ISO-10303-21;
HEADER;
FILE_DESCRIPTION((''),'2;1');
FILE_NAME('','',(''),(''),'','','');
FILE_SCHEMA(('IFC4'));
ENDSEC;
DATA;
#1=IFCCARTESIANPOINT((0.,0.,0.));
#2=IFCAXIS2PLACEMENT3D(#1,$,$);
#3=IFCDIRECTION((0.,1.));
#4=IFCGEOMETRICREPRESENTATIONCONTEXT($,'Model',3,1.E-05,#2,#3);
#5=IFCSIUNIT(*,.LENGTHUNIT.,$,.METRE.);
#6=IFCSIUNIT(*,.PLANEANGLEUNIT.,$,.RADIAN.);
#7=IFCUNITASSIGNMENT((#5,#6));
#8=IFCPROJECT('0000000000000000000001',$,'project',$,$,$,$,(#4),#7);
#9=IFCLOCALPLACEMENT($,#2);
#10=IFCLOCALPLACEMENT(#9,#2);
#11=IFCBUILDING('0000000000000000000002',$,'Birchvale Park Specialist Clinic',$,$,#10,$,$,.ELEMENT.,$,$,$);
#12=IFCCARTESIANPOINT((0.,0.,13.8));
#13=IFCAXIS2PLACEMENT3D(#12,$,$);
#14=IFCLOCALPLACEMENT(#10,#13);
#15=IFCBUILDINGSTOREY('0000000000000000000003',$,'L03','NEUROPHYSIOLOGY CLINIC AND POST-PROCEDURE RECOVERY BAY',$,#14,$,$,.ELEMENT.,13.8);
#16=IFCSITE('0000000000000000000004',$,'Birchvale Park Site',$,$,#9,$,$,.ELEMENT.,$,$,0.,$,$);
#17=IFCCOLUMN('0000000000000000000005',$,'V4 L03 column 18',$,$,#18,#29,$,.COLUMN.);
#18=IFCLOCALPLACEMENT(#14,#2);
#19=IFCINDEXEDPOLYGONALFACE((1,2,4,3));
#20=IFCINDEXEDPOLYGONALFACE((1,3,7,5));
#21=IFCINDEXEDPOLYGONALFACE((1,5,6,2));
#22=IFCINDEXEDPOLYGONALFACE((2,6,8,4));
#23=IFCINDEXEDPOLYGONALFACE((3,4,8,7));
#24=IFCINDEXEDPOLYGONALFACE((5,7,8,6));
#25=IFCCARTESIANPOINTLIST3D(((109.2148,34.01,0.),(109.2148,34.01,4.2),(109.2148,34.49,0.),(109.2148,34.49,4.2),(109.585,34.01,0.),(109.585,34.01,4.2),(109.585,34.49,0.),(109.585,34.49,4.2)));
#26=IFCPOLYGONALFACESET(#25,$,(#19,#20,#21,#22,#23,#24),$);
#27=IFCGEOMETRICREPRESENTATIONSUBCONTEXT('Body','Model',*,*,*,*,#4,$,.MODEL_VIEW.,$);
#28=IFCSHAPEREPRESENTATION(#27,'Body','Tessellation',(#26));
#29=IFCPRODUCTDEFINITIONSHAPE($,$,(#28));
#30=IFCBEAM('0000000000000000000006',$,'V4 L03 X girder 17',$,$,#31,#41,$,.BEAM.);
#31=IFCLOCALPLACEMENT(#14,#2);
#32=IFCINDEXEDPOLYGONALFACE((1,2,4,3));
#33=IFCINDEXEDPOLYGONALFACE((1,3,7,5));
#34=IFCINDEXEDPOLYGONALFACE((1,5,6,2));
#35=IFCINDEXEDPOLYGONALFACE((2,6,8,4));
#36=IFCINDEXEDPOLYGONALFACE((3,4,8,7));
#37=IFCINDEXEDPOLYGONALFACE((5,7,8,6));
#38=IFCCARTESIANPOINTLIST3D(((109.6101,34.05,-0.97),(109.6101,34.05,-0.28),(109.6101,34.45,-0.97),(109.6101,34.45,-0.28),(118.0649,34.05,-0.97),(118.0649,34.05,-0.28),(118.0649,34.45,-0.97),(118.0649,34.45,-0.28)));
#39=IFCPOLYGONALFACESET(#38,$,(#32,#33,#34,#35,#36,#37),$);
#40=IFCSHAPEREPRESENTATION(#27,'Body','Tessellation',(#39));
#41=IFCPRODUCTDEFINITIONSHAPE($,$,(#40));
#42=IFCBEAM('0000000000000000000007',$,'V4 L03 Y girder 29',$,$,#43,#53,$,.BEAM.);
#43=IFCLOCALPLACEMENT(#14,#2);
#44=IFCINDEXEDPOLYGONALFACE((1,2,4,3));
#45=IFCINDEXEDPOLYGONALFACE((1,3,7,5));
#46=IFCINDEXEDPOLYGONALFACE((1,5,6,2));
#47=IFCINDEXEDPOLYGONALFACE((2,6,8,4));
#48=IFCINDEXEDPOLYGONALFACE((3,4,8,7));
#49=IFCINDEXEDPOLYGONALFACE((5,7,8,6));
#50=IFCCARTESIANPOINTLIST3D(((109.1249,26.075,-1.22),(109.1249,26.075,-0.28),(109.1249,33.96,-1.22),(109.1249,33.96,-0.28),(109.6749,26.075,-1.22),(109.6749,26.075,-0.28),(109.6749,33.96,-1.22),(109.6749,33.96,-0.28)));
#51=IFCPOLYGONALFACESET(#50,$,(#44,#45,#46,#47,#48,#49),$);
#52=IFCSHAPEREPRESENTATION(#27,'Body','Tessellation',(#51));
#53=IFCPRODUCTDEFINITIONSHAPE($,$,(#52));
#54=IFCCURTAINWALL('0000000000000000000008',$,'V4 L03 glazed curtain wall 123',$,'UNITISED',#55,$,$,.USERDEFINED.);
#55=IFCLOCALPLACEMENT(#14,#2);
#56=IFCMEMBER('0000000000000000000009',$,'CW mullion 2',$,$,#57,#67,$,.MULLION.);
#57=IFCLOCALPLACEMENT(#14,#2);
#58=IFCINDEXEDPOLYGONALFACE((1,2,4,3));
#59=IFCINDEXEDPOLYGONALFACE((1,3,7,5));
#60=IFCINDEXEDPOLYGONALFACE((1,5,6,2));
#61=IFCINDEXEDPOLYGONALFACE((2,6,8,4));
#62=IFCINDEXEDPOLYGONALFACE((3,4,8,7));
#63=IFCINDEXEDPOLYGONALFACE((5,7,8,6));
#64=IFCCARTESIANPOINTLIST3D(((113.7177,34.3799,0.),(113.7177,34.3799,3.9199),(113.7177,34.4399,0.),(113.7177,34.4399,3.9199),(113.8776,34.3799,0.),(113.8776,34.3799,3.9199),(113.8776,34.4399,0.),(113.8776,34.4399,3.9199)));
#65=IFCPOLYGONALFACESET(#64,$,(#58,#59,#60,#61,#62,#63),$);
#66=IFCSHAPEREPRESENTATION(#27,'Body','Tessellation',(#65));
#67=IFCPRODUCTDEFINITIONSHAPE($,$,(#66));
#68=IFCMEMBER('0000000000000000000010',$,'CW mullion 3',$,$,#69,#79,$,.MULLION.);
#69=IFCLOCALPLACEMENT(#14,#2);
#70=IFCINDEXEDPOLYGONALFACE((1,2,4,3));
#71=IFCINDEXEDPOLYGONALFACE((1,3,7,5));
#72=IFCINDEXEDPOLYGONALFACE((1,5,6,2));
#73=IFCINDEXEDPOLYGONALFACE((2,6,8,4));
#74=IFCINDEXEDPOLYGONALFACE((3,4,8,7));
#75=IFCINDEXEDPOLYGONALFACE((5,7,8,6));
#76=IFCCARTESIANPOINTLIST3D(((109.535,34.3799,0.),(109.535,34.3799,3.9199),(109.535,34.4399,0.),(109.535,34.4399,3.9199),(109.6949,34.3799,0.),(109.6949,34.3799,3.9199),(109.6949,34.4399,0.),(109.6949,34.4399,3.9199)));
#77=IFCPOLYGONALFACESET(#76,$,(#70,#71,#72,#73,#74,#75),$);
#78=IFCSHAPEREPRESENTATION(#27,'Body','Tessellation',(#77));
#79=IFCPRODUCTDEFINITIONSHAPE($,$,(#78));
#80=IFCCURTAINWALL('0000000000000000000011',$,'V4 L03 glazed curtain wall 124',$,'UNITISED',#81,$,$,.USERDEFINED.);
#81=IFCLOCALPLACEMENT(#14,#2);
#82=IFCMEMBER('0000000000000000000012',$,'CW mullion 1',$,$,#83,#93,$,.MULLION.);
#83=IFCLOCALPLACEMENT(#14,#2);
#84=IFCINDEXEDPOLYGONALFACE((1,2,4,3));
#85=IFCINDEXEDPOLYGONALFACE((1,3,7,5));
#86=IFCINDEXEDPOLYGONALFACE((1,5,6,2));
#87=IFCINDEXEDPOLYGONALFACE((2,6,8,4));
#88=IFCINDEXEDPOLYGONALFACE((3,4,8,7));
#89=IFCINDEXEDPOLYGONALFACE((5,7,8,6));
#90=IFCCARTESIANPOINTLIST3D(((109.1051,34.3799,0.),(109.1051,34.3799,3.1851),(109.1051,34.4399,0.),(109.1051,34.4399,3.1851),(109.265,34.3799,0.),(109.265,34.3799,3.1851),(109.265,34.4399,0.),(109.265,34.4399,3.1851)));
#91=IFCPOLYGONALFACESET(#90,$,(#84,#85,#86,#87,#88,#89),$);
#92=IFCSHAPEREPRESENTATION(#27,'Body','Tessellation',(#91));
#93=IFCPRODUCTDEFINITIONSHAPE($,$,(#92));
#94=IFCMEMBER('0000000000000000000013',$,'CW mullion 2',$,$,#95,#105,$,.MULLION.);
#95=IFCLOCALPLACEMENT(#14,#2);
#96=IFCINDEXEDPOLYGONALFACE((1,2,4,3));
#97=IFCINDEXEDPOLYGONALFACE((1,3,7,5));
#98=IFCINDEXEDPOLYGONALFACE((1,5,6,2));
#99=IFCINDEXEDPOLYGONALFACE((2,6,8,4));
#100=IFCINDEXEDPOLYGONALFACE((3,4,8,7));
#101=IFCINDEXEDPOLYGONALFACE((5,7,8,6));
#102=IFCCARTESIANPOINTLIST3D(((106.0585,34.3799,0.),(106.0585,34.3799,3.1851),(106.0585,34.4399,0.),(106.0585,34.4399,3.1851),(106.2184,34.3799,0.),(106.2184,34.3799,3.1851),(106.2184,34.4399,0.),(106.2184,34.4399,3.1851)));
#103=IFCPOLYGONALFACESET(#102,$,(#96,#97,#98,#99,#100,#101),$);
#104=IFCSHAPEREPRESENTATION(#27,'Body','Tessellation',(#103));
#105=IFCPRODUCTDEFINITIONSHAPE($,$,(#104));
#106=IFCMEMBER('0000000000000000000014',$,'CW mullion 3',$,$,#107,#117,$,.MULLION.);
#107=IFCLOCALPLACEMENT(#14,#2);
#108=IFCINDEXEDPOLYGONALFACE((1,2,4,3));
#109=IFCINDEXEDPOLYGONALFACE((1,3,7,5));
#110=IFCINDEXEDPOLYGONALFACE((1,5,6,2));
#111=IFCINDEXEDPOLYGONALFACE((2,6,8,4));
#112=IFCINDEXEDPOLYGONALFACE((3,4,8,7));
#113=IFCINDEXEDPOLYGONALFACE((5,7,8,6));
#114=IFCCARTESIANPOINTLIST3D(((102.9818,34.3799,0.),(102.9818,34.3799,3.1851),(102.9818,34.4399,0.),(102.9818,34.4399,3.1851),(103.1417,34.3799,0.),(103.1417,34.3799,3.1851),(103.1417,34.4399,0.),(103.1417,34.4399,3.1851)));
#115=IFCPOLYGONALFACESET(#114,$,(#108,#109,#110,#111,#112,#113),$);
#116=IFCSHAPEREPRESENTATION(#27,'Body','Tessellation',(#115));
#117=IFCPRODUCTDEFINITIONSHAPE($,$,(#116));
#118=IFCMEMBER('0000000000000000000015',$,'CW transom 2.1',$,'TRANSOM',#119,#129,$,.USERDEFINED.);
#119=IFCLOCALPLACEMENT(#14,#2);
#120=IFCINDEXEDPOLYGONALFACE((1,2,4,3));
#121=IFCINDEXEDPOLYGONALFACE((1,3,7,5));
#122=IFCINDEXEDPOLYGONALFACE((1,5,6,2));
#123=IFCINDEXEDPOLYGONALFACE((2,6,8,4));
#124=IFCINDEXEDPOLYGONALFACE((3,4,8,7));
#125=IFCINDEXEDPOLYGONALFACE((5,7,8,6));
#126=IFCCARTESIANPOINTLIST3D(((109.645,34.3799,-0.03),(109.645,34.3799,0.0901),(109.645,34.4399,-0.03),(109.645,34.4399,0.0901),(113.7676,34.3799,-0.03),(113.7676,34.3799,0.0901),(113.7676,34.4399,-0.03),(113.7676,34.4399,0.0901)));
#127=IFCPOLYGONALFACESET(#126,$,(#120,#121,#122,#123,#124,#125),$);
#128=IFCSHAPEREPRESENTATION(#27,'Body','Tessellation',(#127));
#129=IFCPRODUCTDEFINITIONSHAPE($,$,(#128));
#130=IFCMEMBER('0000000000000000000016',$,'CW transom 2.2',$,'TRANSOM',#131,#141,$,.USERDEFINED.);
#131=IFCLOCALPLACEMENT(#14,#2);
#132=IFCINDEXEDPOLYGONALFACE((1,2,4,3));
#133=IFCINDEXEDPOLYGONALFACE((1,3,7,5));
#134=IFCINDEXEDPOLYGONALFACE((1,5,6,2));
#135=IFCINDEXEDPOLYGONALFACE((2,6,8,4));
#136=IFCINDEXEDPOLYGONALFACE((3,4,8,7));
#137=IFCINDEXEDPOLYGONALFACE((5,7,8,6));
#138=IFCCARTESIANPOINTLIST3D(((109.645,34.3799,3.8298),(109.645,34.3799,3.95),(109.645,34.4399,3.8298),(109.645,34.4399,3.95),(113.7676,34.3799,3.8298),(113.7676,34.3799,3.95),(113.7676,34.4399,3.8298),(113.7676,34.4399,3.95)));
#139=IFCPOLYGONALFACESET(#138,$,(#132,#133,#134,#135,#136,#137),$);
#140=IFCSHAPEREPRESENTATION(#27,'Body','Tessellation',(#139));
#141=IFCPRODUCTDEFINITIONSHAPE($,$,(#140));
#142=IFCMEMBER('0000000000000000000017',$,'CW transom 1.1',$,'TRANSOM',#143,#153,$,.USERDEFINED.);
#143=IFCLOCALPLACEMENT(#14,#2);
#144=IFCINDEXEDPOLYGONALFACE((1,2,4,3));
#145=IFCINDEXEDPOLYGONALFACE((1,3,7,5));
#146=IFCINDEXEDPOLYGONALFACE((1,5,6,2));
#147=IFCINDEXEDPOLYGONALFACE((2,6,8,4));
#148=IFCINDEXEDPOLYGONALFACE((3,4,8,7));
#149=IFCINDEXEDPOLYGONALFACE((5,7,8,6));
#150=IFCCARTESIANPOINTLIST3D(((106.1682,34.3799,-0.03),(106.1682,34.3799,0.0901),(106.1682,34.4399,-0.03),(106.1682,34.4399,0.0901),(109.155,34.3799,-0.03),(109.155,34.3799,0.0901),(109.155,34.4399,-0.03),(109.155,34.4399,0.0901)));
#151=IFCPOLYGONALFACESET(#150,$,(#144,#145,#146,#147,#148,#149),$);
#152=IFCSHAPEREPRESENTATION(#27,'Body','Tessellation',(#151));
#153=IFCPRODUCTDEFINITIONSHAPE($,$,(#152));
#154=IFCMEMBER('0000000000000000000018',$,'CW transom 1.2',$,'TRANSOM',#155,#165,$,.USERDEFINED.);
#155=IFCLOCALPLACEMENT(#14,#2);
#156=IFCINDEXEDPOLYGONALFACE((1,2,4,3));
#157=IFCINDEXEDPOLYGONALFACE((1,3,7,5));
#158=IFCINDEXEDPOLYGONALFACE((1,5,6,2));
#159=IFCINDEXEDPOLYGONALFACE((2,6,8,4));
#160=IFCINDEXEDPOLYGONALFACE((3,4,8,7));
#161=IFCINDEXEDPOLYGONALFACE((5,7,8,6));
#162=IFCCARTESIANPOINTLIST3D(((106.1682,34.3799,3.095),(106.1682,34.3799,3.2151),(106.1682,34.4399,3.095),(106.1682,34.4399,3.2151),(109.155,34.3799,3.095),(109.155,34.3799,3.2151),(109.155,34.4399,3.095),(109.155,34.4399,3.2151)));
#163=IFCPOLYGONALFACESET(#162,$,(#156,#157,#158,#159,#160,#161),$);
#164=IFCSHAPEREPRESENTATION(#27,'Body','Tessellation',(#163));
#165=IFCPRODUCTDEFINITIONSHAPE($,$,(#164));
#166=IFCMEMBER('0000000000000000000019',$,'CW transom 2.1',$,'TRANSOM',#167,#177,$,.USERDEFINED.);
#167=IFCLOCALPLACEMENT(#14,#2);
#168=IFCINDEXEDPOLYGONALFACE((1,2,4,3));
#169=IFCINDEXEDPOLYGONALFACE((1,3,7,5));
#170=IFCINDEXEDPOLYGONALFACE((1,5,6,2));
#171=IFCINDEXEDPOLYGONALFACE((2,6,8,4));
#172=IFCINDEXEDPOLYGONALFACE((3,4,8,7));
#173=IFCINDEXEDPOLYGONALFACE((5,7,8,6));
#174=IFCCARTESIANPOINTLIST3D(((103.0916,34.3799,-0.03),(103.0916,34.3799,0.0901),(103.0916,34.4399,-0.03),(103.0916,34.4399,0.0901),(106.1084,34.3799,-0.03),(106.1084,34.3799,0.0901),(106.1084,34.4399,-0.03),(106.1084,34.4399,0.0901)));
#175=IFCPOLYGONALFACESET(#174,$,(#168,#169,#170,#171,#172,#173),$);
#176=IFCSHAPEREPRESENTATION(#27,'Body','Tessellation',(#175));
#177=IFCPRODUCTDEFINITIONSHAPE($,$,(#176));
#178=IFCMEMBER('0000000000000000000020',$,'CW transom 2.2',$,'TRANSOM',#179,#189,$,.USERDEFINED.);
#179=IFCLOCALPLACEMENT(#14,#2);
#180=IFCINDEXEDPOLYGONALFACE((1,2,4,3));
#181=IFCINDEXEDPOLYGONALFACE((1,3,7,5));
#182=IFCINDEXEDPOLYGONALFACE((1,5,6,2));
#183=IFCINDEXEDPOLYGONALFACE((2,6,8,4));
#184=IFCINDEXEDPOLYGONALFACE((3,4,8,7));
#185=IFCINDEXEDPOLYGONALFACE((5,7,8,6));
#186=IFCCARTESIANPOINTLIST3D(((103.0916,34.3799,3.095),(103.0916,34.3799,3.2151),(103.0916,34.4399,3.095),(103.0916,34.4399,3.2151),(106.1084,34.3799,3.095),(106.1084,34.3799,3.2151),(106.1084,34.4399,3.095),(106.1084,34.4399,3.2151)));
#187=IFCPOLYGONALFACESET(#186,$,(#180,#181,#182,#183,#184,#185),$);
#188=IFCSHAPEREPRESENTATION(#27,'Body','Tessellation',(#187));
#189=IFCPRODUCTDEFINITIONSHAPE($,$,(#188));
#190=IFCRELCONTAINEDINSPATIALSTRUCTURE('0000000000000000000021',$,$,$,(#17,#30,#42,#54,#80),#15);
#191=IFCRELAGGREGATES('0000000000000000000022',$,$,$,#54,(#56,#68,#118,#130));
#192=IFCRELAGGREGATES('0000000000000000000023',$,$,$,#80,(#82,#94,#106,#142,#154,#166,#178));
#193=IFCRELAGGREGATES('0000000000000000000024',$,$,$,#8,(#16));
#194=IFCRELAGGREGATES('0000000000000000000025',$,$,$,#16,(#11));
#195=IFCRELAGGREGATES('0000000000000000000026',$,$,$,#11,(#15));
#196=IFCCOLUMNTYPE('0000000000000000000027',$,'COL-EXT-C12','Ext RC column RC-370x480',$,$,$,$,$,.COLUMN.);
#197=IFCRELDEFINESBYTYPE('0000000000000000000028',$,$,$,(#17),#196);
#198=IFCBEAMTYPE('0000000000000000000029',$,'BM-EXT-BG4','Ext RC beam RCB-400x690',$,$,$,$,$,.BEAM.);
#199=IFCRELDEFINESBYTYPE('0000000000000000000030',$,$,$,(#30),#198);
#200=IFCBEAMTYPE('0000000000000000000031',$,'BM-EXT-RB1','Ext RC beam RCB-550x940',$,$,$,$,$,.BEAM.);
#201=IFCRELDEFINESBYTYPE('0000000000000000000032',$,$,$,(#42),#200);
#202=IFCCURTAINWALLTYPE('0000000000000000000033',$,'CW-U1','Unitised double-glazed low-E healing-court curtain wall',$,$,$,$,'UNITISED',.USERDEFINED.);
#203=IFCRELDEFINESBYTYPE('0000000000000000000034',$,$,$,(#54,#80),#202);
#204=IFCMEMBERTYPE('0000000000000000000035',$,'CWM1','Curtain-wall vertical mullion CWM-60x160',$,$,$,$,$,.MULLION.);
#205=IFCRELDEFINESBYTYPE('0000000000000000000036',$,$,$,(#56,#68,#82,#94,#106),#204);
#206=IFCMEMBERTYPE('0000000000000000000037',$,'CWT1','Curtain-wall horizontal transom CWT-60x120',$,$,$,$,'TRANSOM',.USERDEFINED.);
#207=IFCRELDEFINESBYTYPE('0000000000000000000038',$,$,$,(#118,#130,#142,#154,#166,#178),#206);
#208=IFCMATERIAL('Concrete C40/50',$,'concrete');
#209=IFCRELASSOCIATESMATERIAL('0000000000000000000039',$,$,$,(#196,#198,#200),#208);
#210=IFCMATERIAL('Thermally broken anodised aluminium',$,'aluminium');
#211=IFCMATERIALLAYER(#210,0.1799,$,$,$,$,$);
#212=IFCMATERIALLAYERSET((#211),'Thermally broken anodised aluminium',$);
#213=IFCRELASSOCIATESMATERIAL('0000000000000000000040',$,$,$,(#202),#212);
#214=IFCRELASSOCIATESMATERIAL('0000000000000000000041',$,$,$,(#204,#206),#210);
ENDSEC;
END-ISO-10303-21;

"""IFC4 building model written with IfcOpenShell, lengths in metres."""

from ifc_helpers import new_model, si_unit, direction, frame, origin, origin_2d, place, context, subcontext, project, spatial, rectangle, extrude, material, layer, layer_set, material_profile, profile_set, type_object, element, aggregate, save


model = new_model("IFC4")

# Units and contexts
model_context = context("Model", 3, precision=1e-05, world=origin(), true_north=direction((0.0, 1.0)))
body_context = subcontext(model_context, "Body", "Model", "MODEL_VIEW")
ifc_project = project(units=[si_unit("LENGTHUNIT", "METRE"), si_unit("PLANEANGLEUNIT", "RADIAN")], contexts=[model_context])

# Site, building, storey
site_placement = place(None, origin())
site = spatial("IfcSite", under=ifc_project, at=site_placement, Name="Birchvale Park Site", CompositionType="ELEMENT", RefElevation=0.0)
building_placement = place(site_placement, origin())
building = spatial("IfcBuilding", under=site, at=building_placement, Name="Birchvale Park Specialist Clinic", CompositionType="ELEMENT")
storey_placement = place(building_placement, frame((0.0, 0.0, 13.8)))
storey = spatial("IfcBuildingStorey", under=building, at=storey_placement, Name="L03", Description="NEUROPHYSIOLOGY CLINIC AND POST-PROCEDURE RECOVERY BAY", CompositionType="ELEMENT", Elevation=13.8)

# Column
ifc_material_1 = material(Name="Concrete C40/50", Category="concrete")
ifc_material_profile_1 = material_profile(ifc_material_1, rectangle(XDim=0.3701, YDim=0.48, at=origin_2d()), Name="RC-370x480")
ifc_profile_set_1 = profile_set([ifc_material_profile_1], Name="Concrete C40/50")
column_type = type_object("IfcColumnType", Name="COL-EXT-C12", Description="Ext RC column RC-370x480", PredefinedType="COLUMN", material=ifc_profile_set_1)
column_placement = place(storey_placement, frame((109.3999, 34.25, 0.0), z_axis=(0.0, 0.0, 1.0), x_axis=(1.0, 0.0, 0.0)))
element("IfcColumn", 1, at=column_placement, inside=storey, type_object=column_type, Name="V4 L03 column 18", PredefinedType="COLUMN", context=body_context, shape_type="SweptSolid", body=[
    extrude(rectangle(XDim=0.3701, YDim=0.48, at=origin_2d()), origin(), (0.0, 0.0, 1.0), 4.2),
])

# Beams
ifc_material_profile_2 = material_profile(ifc_material_1, rectangle(XDim=0.3999, YDim=0.6899, at=origin_2d()), Name="RCB-400x690")
ifc_profile_set_2 = profile_set([ifc_material_profile_2], Name="Concrete C40/50")
beam_type_1 = type_object("IfcBeamType", Name="BM-EXT-BG4", Description="Ext RC beam RCB-400x690", PredefinedType="BEAM", material=ifc_profile_set_2)
beam_1_placement = place(storey_placement, frame((109.6101, 34.25, -0.625), z_axis=(1.0, 0.0, 0.0), x_axis=(0.0, 1.0, 0.0)))
element("IfcBeam", 2, at=beam_1_placement, inside=storey, type_object=beam_type_1, Name="V4 L03 X girder 17", PredefinedType="BEAM", context=body_context, shape_type="SweptSolid", body=[
    extrude(rectangle(XDim=0.3999, YDim=0.6899, at=origin_2d()), origin(), (0.0, 0.0, 1.0), 8.4548),
])
ifc_material_profile_3 = material_profile(ifc_material_1, rectangle(XDim=0.55, YDim=0.9399, at=origin_2d()), Name="RCB-550x940")
ifc_profile_set_3 = profile_set([ifc_material_profile_3], Name="Concrete C40/50")
beam_type_2 = type_object("IfcBeamType", Name="BM-EXT-RB1", Description="Ext RC beam RCB-550x940", PredefinedType="BEAM", material=ifc_profile_set_3)
beam_2_placement = place(storey_placement, frame((109.3999, 26.075, -0.75), z_axis=(0.0, 1.0, 0.0), x_axis=(-1.0, 0.0, 0.0)))
element("IfcBeam", 3, at=beam_2_placement, inside=storey, type_object=beam_type_2, Name="V4 L03 Y girder 29", PredefinedType="BEAM", context=body_context, shape_type="SweptSolid", body=[
    extrude(rectangle(XDim=0.55, YDim=0.9399, at=origin_2d()), origin(), (0.0, 0.0, 1.0), 7.885),
])

# Curtain walls, members
ifc_material_2 = material(Name="Thermally broken anodised aluminium", Category="aluminium")
ifc_layer_1 = layer(ifc_material_2, 0.1799)
ifc_layer_set_1 = layer_set([ifc_layer_1], Name="Thermally broken anodised aluminium")
curtain_wall_type = type_object("IfcCurtainWallType", Name="CW-U1", Description="Unitised double-glazed low-E healing-court curtain wall", ElementType="UNITISED", PredefinedType="USERDEFINED", material=ifc_layer_set_1)
curtain_wall_1_placement = place(storey_placement, origin())
curtain_wall_1 = element("IfcCurtainWall", 4, at=curtain_wall_1_placement, inside=storey, type_object=curtain_wall_type, Name="V4 L03 glazed curtain wall 123", ObjectType="UNITISED", PredefinedType="USERDEFINED")
ifc_material_profile_4 = material_profile(ifc_material_2, rectangle(XDim=0.0601, YDim=0.1599, at=origin_2d()), Name="CWM-60x160")
ifc_profile_set_4 = profile_set([ifc_material_profile_4], Name="Thermally broken anodised aluminium")
member_type_1 = type_object("IfcMemberType", Name="CWM1", Description="Curtain-wall vertical mullion CWM-60x160", PredefinedType="MULLION", material=ifc_profile_set_4)
member_1_placement = place(storey_placement, frame((113.7976, 34.4099, 0.0), z_axis=(0.0, 0.0, 1.0), x_axis=(0.0, -1.0, 0.0)))
member_1 = element("IfcMember", 5, at=member_1_placement, type_object=member_type_1, Name="CW mullion 2", PredefinedType="MULLION", context=body_context, shape_type="SweptSolid", body=[
    extrude(rectangle(XDim=0.0601, YDim=0.1599, at=origin_2d()), origin(), (0.0, 0.0, 1.0), 3.9199),
])
member_2_placement = place(storey_placement, frame((109.615, 34.4099, 0.0), z_axis=(0.0, 0.0, 1.0), x_axis=(0.0, -1.0, 0.0)))
member_2 = element("IfcMember", 6, at=member_2_placement, type_object=member_type_1, Name="CW mullion 3", PredefinedType="MULLION", context=body_context, shape_type="SweptSolid", body=[
    extrude(rectangle(XDim=0.0601, YDim=0.1599, at=origin_2d()), origin(), (0.0, 0.0, 1.0), 3.9199),
])
curtain_wall_2_placement = place(storey_placement, origin())
curtain_wall_2 = element("IfcCurtainWall", 7, at=curtain_wall_2_placement, inside=storey, type_object=curtain_wall_type, Name="V4 L03 glazed curtain wall 124", ObjectType="UNITISED", PredefinedType="USERDEFINED")
member_3_placement = place(storey_placement, frame((109.1851, 34.4099, 0.0), z_axis=(0.0, 0.0, 1.0), x_axis=(0.0, -1.0, 0.0)))
member_3 = element("IfcMember", 8, at=member_3_placement, type_object=member_type_1, Name="CW mullion 1", PredefinedType="MULLION", context=body_context, shape_type="SweptSolid", body=[
    extrude(rectangle(XDim=0.0601, YDim=0.1599, at=origin_2d()), origin(), (0.0, 0.0, 1.0), 3.1851),
])
member_4_placement = place(storey_placement, frame((106.1384, 34.4099, 0.0), z_axis=(0.0, 0.0, 1.0), x_axis=(0.0, -1.0, 0.0)))
member_4 = element("IfcMember", 9, at=member_4_placement, type_object=member_type_1, Name="CW mullion 2", PredefinedType="MULLION", context=body_context, shape_type="SweptSolid", body=[
    extrude(rectangle(XDim=0.0601, YDim=0.1599, at=origin_2d()), origin(), (0.0, 0.0, 1.0), 3.1851),
])
member_5_placement = place(storey_placement, frame((103.0618, 34.4099, 0.0), z_axis=(0.0, 0.0, 1.0), x_axis=(0.0, -1.0, 0.0)))
member_5 = element("IfcMember", 10, at=member_5_placement, type_object=member_type_1, Name="CW mullion 3", PredefinedType="MULLION", context=body_context, shape_type="SweptSolid", body=[
    extrude(rectangle(XDim=0.0601, YDim=0.1599, at=origin_2d()), origin(), (0.0, 0.0, 1.0), 3.1851),
])

# Members
ifc_material_profile_5 = material_profile(ifc_material_2, rectangle(XDim=0.0601, YDim=0.1201, at=origin_2d()), Name="CWT-60x120")
ifc_profile_set_5 = profile_set([ifc_material_profile_5], Name="Thermally broken anodised aluminium")
member_type_2 = type_object("IfcMemberType", Name="CWT1", Description="Curtain-wall horizontal transom CWT-60x120", ElementType="TRANSOM", PredefinedType="USERDEFINED", material=ifc_profile_set_5)
member_6_placement = place(storey_placement, frame((113.7676, 34.4099, 0.03), z_axis=(-1.0, 0.0, 0.0), x_axis=(0.0, -1.0, 0.0)))
member_6 = element("IfcMember", 11, at=member_6_placement, type_object=member_type_2, Name="CW transom 2.1", ObjectType="TRANSOM", PredefinedType="USERDEFINED", context=body_context, shape_type="SweptSolid", body=[
    extrude(rectangle(XDim=0.0601, YDim=0.1201, at=origin_2d()), origin(), (0.0, 0.0, 1.0), 4.1226),
])
member_7_placement = place(storey_placement, frame((113.7676, 34.4099, 3.8899), z_axis=(-1.0, 0.0, 0.0), x_axis=(0.0, -1.0, 0.0)))
member_7 = element("IfcMember", 12, at=member_7_placement, type_object=member_type_2, Name="CW transom 2.2", ObjectType="TRANSOM", PredefinedType="USERDEFINED", context=body_context, shape_type="SweptSolid", body=[
    extrude(rectangle(XDim=0.0601, YDim=0.1201, at=origin_2d()), origin(), (0.0, 0.0, 1.0), 4.1226),
])
member_8_placement = place(storey_placement, frame((109.155, 34.4099, 0.03), z_axis=(-1.0, 0.0, 0.0), x_axis=(0.0, -1.0, 0.0)))
member_8 = element("IfcMember", 13, at=member_8_placement, type_object=member_type_2, Name="CW transom 1.1", ObjectType="TRANSOM", PredefinedType="USERDEFINED", context=body_context, shape_type="SweptSolid", body=[
    extrude(rectangle(XDim=0.0601, YDim=0.1201, at=origin_2d()), origin(), (0.0, 0.0, 1.0), 2.9868),
])
member_9_placement = place(storey_placement, frame((109.155, 34.4099, 3.155), z_axis=(-1.0, 0.0, 0.0), x_axis=(0.0, -1.0, 0.0)))
member_9 = element("IfcMember", 14, at=member_9_placement, type_object=member_type_2, Name="CW transom 1.2", ObjectType="TRANSOM", PredefinedType="USERDEFINED", context=body_context, shape_type="SweptSolid", body=[
    extrude(rectangle(XDim=0.0601, YDim=0.1201, at=origin_2d()), origin(), (0.0, 0.0, 1.0), 2.9868),
])
member_10_placement = place(storey_placement, frame((106.1084, 34.4099, 0.03), z_axis=(-1.0, 0.0, 0.0), x_axis=(0.0, -1.0, 0.0)))
member_10 = element("IfcMember", 15, at=member_10_placement, type_object=member_type_2, Name="CW transom 2.1", ObjectType="TRANSOM", PredefinedType="USERDEFINED", context=body_context, shape_type="SweptSolid", body=[
    extrude(rectangle(XDim=0.0601, YDim=0.1201, at=origin_2d()), origin(), (0.0, 0.0, 1.0), 3.0168),
])
member_11_placement = place(storey_placement, frame((106.1084, 34.4099, 3.155), z_axis=(-1.0, 0.0, 0.0), x_axis=(0.0, -1.0, 0.0)))
member_11 = element("IfcMember", 16, at=member_11_placement, type_object=member_type_2, Name="CW transom 2.2", ObjectType="TRANSOM", PredefinedType="USERDEFINED", context=body_context, shape_type="SweptSolid", body=[
    extrude(rectangle(XDim=0.0601, YDim=0.1201, at=origin_2d()), origin(), (0.0, 0.0, 1.0), 3.0168),
])

aggregate(curtain_wall_1, [member_1, member_2, member_6, member_7])
aggregate(curtain_wall_2, [member_3, member_4, member_5, member_8, member_9, member_10, member_11])

save(model, "model.ifc")
